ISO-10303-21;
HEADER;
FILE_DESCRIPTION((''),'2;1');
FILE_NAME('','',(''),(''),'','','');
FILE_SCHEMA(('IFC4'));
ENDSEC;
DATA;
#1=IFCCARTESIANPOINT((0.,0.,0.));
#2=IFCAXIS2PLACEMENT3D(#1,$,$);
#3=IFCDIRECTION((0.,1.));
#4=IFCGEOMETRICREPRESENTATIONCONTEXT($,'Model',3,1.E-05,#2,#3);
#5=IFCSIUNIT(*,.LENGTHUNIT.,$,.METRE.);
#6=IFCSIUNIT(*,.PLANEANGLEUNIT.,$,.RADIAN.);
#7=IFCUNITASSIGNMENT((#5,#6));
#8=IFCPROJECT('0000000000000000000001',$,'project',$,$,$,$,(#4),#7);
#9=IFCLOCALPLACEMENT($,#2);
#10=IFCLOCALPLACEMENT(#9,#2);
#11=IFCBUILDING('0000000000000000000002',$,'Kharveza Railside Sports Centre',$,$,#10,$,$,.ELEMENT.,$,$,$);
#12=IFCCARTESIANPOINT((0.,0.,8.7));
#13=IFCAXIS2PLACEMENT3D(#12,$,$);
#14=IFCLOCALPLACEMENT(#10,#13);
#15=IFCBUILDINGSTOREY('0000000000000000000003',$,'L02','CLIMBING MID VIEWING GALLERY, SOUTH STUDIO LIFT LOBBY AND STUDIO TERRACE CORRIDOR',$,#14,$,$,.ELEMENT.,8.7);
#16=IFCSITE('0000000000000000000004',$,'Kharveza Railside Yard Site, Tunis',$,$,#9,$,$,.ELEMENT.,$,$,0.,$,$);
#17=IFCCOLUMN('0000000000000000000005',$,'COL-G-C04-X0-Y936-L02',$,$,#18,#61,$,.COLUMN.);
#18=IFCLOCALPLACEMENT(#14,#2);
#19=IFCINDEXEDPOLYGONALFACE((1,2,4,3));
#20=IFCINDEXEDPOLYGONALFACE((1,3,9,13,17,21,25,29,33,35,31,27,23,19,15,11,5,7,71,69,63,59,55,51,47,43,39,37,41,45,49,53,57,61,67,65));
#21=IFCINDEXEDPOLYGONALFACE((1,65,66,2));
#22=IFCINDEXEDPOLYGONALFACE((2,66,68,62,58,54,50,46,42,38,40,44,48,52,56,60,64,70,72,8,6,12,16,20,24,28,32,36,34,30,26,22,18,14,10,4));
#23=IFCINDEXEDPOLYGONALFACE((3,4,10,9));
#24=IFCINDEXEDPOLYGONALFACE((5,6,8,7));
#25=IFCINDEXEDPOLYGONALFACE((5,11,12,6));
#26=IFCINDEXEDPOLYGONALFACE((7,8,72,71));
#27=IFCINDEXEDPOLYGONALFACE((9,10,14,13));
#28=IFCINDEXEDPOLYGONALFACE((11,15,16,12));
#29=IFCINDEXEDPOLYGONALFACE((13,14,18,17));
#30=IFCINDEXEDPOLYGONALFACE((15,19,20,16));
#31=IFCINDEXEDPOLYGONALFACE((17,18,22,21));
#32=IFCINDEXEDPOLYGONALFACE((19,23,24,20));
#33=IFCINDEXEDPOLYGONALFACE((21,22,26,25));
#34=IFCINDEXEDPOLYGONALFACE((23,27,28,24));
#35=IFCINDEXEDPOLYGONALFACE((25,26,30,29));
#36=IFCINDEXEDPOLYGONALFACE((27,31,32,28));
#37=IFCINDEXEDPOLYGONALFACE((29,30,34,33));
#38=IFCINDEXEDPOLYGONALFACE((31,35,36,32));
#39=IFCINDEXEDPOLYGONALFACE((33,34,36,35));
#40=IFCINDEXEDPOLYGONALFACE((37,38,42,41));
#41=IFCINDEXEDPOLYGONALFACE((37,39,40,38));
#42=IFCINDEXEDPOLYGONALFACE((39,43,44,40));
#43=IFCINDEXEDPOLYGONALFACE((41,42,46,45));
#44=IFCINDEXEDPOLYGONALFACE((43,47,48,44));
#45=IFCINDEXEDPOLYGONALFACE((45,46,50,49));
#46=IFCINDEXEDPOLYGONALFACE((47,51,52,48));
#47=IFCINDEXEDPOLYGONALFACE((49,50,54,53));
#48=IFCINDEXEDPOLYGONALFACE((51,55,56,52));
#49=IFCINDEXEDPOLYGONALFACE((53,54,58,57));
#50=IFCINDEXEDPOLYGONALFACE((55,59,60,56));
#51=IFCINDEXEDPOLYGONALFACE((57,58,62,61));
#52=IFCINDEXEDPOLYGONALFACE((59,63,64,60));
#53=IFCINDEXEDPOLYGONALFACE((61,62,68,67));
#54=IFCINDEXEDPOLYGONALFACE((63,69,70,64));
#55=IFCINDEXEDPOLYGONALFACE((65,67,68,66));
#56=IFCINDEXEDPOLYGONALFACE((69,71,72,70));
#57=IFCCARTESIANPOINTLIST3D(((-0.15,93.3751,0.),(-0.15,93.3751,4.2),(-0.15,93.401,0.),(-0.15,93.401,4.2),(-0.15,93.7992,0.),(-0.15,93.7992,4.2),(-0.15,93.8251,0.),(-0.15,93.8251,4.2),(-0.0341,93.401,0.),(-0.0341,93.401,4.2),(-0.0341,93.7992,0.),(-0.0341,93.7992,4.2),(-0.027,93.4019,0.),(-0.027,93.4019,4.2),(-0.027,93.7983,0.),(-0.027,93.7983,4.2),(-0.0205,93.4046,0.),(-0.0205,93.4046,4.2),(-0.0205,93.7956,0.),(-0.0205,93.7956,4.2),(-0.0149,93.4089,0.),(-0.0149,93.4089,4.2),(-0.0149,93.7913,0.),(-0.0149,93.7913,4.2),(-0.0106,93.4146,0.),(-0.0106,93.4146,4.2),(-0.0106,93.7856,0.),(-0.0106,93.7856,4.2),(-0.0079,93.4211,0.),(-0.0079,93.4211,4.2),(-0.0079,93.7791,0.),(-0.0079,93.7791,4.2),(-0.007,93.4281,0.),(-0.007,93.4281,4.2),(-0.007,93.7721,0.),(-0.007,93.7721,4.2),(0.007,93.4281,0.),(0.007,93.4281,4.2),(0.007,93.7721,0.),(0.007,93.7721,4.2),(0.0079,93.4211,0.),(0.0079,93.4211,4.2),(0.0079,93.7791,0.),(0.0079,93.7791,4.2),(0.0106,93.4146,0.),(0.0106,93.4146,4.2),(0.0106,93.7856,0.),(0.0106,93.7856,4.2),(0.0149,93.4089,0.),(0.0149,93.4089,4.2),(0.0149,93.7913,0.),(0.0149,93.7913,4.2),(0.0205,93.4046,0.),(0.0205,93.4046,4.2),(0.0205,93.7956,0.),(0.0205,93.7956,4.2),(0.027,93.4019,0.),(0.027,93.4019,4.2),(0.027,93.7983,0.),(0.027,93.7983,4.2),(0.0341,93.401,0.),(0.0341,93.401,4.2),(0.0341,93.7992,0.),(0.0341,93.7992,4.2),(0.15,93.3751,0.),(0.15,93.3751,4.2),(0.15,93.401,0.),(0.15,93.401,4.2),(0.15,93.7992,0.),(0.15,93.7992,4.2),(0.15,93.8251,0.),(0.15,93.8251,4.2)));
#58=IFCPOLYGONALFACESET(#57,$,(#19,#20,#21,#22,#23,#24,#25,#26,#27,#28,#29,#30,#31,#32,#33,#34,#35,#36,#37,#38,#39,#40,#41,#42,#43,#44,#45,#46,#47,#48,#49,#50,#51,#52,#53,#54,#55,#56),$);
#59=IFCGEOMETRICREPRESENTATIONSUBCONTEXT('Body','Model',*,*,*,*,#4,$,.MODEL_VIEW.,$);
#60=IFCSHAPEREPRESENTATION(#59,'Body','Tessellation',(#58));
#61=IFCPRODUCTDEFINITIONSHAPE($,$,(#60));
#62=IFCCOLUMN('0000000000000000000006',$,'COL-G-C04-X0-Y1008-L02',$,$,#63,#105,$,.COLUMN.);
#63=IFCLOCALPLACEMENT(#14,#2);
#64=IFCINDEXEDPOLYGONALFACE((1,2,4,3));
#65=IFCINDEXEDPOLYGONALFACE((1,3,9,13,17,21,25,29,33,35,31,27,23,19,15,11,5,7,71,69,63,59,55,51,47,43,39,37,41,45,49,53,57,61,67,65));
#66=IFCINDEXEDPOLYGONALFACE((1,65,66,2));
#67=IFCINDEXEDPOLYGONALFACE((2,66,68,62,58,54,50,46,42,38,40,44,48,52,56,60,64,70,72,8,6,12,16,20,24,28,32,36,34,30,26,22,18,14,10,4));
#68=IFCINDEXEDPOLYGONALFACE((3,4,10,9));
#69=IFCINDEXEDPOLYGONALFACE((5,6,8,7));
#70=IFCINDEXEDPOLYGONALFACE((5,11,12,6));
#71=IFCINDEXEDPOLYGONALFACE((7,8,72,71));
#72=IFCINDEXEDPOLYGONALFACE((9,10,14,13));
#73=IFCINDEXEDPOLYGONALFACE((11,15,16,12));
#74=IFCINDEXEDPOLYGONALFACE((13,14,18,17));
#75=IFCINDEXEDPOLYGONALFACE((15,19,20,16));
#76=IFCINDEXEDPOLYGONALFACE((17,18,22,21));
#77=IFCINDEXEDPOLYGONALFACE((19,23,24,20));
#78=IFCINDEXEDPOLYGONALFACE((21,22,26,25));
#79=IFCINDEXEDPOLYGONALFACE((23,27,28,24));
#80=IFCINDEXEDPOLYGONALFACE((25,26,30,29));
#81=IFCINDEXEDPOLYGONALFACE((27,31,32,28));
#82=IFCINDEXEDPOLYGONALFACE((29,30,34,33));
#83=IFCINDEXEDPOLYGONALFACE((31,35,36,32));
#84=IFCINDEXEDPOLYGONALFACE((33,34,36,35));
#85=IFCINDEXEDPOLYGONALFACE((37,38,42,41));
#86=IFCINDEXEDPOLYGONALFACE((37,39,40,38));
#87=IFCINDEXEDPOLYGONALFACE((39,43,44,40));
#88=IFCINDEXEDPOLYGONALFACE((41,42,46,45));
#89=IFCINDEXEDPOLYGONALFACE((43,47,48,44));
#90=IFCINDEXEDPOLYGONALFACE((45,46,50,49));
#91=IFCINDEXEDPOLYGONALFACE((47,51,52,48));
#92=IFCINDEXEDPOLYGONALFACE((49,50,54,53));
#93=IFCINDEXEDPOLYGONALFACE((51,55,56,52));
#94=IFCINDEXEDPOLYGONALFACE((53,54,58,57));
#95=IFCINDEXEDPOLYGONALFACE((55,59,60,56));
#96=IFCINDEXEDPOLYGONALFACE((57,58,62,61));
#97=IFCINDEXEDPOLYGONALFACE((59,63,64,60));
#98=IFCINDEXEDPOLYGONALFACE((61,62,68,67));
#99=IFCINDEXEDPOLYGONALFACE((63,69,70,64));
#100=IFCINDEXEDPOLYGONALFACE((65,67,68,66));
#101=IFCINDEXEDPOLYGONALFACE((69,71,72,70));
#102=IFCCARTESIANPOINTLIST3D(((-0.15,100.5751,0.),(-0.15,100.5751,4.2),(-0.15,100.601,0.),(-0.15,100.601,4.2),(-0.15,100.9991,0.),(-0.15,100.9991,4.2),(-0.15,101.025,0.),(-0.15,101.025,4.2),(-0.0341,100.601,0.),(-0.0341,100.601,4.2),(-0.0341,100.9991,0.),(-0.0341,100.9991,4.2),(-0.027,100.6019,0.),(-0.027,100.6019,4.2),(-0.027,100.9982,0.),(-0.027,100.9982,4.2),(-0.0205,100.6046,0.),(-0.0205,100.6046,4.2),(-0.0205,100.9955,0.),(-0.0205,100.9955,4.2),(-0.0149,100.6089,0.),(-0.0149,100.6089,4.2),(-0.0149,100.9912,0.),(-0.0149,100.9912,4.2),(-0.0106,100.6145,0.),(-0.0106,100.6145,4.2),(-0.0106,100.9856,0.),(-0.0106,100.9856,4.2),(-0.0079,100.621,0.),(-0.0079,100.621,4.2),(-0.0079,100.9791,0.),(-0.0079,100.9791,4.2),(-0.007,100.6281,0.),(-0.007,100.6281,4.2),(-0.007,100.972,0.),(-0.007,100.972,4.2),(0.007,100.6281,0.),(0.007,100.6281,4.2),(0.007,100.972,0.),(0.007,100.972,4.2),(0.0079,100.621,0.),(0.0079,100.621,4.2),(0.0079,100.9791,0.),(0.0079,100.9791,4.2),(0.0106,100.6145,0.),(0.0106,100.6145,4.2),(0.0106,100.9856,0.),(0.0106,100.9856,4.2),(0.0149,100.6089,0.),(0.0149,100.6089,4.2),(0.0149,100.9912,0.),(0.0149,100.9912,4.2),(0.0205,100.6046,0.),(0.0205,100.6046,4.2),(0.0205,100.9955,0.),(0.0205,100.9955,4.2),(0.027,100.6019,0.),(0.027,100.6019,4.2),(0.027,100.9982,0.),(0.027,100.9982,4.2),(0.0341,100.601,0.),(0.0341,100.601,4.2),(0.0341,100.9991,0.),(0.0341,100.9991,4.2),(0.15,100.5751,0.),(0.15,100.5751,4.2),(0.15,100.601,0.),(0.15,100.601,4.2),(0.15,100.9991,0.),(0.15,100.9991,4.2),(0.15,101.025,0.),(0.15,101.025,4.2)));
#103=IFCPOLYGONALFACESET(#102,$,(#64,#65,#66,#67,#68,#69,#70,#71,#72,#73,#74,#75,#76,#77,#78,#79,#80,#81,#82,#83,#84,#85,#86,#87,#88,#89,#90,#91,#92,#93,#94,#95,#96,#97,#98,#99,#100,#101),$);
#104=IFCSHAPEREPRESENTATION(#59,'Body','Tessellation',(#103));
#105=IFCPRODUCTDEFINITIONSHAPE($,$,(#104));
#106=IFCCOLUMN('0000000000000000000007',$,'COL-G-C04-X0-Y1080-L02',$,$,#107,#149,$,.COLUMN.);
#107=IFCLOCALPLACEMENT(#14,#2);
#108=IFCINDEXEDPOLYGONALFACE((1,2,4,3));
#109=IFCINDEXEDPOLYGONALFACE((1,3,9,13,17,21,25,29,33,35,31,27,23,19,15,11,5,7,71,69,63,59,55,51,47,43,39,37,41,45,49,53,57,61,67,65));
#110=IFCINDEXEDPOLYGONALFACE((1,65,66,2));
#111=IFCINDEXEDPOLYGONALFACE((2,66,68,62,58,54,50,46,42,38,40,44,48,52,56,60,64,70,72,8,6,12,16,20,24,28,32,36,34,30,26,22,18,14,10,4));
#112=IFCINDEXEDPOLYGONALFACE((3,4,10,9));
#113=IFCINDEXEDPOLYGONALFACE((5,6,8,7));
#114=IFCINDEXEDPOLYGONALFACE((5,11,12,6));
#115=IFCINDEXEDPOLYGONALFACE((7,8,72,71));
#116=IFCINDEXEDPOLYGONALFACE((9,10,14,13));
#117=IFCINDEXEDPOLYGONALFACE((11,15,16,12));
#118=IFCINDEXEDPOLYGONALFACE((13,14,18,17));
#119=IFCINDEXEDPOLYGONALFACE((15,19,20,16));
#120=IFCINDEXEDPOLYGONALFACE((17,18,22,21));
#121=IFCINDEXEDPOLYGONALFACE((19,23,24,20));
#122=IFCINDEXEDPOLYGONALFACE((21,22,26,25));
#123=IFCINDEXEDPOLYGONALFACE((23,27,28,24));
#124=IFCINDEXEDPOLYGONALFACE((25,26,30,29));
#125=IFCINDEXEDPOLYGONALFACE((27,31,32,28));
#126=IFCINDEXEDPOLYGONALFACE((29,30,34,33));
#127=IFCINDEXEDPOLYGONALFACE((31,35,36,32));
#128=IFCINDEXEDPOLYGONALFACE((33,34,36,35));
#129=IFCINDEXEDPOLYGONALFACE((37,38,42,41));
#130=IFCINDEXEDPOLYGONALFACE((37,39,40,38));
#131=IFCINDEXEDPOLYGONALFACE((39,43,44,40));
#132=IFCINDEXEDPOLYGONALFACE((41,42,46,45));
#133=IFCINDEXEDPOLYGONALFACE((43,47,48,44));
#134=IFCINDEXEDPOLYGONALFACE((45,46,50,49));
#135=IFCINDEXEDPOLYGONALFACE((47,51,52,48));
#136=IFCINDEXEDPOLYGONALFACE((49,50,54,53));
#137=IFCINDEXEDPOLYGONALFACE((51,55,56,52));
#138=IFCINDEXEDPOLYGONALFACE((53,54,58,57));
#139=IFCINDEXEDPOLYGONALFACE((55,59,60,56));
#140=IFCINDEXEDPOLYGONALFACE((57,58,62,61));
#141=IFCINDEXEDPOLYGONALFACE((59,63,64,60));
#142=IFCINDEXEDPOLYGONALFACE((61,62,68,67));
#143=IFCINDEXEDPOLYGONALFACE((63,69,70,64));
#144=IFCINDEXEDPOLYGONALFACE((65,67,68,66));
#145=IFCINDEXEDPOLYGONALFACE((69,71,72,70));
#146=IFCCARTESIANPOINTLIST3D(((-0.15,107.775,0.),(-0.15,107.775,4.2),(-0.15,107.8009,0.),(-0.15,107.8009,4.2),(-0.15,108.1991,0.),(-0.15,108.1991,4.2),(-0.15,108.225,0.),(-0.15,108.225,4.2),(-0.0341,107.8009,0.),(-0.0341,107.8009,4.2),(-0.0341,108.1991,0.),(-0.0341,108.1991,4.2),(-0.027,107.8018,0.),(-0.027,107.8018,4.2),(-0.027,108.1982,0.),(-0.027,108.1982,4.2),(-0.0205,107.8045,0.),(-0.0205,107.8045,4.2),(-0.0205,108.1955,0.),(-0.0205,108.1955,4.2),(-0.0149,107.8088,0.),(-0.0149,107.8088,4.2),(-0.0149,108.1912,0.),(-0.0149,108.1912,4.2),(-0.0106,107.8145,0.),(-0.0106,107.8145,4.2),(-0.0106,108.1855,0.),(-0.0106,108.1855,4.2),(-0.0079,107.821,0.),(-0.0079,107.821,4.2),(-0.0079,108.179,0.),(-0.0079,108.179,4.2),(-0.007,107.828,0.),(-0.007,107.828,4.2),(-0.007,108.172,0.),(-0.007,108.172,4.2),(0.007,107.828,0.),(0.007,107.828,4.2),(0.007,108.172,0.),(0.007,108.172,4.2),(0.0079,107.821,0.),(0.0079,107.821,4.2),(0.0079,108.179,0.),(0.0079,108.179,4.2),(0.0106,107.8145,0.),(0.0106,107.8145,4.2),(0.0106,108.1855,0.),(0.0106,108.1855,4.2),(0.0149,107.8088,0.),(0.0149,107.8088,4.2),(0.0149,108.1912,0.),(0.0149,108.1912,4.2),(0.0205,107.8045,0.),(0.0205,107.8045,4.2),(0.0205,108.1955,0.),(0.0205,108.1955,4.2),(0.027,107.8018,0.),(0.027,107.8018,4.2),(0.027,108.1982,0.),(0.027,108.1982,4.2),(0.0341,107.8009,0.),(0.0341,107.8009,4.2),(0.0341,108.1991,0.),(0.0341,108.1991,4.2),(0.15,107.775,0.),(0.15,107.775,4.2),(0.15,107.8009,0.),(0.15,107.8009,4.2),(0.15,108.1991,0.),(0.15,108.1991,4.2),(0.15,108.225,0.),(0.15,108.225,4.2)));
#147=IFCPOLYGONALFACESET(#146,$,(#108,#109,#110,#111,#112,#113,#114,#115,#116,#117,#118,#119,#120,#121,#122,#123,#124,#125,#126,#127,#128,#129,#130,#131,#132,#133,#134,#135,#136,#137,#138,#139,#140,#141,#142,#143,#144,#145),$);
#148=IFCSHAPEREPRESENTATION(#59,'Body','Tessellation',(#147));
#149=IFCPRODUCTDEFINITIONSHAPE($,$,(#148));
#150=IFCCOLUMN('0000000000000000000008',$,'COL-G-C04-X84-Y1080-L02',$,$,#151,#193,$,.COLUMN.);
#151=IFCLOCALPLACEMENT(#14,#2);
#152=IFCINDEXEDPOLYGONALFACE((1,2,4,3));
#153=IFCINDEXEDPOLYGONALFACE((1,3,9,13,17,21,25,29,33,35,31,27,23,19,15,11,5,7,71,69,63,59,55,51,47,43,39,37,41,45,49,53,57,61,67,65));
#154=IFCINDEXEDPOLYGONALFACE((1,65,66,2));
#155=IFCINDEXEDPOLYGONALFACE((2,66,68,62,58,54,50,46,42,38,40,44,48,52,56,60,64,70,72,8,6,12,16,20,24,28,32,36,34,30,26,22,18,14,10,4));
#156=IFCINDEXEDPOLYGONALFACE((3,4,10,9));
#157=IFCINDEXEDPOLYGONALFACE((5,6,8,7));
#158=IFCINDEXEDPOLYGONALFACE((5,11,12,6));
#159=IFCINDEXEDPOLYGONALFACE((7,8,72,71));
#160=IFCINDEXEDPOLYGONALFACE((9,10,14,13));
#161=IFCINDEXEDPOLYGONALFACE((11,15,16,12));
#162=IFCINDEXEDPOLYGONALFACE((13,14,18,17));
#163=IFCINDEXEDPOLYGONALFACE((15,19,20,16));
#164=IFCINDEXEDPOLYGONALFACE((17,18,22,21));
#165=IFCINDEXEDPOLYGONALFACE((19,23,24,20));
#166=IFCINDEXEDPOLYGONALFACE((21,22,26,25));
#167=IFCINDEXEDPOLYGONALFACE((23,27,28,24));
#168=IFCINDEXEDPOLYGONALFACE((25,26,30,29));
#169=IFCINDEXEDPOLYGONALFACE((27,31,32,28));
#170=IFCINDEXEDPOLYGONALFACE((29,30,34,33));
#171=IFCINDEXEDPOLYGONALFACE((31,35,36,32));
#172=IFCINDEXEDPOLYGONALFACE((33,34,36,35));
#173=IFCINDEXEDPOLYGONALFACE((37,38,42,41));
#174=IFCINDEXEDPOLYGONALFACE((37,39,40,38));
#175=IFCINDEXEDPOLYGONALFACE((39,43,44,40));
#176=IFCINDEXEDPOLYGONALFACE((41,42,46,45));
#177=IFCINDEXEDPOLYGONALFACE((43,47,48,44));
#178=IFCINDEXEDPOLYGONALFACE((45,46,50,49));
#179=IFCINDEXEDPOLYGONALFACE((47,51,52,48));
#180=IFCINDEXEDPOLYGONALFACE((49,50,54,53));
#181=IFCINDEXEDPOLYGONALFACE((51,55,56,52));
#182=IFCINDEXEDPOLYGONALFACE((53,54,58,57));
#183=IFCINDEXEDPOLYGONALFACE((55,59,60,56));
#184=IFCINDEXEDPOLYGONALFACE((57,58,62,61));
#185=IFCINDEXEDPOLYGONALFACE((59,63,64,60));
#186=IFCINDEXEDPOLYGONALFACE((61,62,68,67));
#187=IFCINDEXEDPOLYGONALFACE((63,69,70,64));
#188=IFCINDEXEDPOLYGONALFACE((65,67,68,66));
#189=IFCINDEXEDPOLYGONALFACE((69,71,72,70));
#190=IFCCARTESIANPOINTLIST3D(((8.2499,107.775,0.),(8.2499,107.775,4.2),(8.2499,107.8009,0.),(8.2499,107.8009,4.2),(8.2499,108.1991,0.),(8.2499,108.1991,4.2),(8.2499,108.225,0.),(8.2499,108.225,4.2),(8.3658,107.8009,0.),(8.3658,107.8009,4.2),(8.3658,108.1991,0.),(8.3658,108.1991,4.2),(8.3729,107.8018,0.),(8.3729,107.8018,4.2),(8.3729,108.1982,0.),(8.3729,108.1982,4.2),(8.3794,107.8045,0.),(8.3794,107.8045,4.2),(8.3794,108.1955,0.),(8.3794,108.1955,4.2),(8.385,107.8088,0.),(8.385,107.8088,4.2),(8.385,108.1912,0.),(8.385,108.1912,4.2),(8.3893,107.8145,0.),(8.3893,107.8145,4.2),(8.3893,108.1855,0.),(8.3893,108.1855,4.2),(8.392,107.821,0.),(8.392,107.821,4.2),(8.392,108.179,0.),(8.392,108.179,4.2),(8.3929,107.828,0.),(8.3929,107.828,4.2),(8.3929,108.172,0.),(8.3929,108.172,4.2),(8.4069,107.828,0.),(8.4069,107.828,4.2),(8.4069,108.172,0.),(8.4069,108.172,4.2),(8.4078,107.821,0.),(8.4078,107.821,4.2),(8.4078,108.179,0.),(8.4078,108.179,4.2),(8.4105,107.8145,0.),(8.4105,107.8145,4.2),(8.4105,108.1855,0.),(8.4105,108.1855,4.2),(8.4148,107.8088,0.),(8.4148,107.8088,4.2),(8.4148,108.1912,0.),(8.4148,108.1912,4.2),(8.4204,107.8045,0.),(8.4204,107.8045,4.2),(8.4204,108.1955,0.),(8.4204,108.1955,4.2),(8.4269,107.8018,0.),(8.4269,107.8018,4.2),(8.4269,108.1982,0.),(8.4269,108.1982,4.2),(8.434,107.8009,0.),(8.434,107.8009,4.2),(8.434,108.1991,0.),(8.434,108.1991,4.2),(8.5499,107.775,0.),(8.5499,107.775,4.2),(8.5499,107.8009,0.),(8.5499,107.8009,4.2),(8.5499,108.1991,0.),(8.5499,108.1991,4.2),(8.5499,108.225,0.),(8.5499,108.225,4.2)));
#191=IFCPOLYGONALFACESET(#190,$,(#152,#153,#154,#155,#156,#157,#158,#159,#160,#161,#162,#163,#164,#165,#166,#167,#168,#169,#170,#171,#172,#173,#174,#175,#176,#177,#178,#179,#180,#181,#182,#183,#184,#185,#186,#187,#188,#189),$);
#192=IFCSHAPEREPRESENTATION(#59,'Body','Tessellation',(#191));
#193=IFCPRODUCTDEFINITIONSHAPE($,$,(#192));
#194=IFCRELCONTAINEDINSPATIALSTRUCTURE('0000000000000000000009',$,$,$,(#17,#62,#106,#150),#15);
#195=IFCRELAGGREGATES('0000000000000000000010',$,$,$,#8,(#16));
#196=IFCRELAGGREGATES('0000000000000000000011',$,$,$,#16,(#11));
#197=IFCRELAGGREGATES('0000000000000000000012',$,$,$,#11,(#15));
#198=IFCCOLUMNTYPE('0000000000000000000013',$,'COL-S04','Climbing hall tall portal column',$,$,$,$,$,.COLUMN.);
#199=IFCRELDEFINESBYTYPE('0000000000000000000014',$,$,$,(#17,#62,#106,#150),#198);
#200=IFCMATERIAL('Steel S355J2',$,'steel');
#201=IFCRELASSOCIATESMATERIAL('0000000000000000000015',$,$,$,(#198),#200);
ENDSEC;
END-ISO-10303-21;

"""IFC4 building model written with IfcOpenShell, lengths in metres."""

from ifc_helpers import new_model, si_unit, direction, frame, origin, origin_2d, place, context, subcontext, project, spatial, i_section, extrude, material, material_profile, profile_set, type_object, element, save


model = new_model("IFC4")

# Units and contexts
model_context = context("Model", 3, precision=1e-05, world=origin(), true_north=direction((0.0, 1.0)))
body_context = subcontext(model_context, "Body", "Model", "MODEL_VIEW")
ifc_project = project(units=[si_unit("LENGTHUNIT", "METRE"), si_unit("PLANEANGLEUNIT", "RADIAN")], contexts=[model_context])

# Site, building, storey
site_placement = place(None, origin())
site = spatial("IfcSite", under=ifc_project, at=site_placement, Name="Kharveza Railside Yard Site, Tunis", CompositionType="ELEMENT", RefElevation=0.0)
building_placement = place(site_placement, origin())
building = spatial("IfcBuilding", under=site, at=building_placement, Name="Kharveza Railside Sports Centre", CompositionType="ELEMENT")
storey_placement = place(building_placement, frame((0.0, 0.0, 8.7)))
storey = spatial("IfcBuildingStorey", under=building, at=storey_placement, Name="L02", Description="CLIMBING MID VIEWING GALLERY, SOUTH STUDIO LIFT LOBBY AND STUDIO TERRACE CORRIDOR", CompositionType="ELEMENT", Elevation=8.7)

# Columns
ifc_material_1 = material(Name="Steel S355J2", Category="steel")
ifc_material_profile_1 = material_profile(ifc_material_1, i_section(OverallWidth=0.3, OverallDepth=0.45, WebThickness=0.0139, FlangeThickness=0.0259, FilletRadius=0.0271, at=origin_2d()), Name="HEB 450")
ifc_profile_set_1 = profile_set([ifc_material_profile_1], Name="Steel S355J2")
column_type = type_object("IfcColumnType", Name="COL-S04", Description="Climbing hall tall portal column", PredefinedType="COLUMN", material=ifc_profile_set_1)
for number, where, z_axis, x_axis, name in (
    (1, (0.0, 93.6001, 0.0), (0.0, 0.0, 1.0), (1.0, 0.0, 0.0), "COL-G-C04-X0-Y936-L02"),
    (2, (0.0, 100.8, 0.0), (0.0, 0.0, 1.0), (1.0, 0.0, 0.0), "COL-G-C04-X0-Y1008-L02"),
    (3, (0.0, 108.0, 0.0), (0.0, 0.0, 1.0), (1.0, 0.0, 0.0), "COL-G-C04-X0-Y1080-L02"),
    (4, (8.3999, 108.0, 0.0), (0.0, 0.0, 1.0), (1.0, 0.0, 0.0), "COL-G-C04-X84-Y1080-L02"),
):
    element("IfcColumn", number, at=place(storey_placement, frame(where, z_axis=z_axis, x_axis=x_axis)), inside=storey, type_object=column_type, Name=name, PredefinedType="COLUMN", context=body_context, shape_type="SweptSolid", body=[
        extrude(i_section(OverallWidth=0.3, OverallDepth=0.45, WebThickness=0.0139, FlangeThickness=0.0259, FilletRadius=0.0271, at=origin_2d()), origin(), (0.0, 0.0, 1.0), 4.2),
    ])

save(model, "model.ifc")
